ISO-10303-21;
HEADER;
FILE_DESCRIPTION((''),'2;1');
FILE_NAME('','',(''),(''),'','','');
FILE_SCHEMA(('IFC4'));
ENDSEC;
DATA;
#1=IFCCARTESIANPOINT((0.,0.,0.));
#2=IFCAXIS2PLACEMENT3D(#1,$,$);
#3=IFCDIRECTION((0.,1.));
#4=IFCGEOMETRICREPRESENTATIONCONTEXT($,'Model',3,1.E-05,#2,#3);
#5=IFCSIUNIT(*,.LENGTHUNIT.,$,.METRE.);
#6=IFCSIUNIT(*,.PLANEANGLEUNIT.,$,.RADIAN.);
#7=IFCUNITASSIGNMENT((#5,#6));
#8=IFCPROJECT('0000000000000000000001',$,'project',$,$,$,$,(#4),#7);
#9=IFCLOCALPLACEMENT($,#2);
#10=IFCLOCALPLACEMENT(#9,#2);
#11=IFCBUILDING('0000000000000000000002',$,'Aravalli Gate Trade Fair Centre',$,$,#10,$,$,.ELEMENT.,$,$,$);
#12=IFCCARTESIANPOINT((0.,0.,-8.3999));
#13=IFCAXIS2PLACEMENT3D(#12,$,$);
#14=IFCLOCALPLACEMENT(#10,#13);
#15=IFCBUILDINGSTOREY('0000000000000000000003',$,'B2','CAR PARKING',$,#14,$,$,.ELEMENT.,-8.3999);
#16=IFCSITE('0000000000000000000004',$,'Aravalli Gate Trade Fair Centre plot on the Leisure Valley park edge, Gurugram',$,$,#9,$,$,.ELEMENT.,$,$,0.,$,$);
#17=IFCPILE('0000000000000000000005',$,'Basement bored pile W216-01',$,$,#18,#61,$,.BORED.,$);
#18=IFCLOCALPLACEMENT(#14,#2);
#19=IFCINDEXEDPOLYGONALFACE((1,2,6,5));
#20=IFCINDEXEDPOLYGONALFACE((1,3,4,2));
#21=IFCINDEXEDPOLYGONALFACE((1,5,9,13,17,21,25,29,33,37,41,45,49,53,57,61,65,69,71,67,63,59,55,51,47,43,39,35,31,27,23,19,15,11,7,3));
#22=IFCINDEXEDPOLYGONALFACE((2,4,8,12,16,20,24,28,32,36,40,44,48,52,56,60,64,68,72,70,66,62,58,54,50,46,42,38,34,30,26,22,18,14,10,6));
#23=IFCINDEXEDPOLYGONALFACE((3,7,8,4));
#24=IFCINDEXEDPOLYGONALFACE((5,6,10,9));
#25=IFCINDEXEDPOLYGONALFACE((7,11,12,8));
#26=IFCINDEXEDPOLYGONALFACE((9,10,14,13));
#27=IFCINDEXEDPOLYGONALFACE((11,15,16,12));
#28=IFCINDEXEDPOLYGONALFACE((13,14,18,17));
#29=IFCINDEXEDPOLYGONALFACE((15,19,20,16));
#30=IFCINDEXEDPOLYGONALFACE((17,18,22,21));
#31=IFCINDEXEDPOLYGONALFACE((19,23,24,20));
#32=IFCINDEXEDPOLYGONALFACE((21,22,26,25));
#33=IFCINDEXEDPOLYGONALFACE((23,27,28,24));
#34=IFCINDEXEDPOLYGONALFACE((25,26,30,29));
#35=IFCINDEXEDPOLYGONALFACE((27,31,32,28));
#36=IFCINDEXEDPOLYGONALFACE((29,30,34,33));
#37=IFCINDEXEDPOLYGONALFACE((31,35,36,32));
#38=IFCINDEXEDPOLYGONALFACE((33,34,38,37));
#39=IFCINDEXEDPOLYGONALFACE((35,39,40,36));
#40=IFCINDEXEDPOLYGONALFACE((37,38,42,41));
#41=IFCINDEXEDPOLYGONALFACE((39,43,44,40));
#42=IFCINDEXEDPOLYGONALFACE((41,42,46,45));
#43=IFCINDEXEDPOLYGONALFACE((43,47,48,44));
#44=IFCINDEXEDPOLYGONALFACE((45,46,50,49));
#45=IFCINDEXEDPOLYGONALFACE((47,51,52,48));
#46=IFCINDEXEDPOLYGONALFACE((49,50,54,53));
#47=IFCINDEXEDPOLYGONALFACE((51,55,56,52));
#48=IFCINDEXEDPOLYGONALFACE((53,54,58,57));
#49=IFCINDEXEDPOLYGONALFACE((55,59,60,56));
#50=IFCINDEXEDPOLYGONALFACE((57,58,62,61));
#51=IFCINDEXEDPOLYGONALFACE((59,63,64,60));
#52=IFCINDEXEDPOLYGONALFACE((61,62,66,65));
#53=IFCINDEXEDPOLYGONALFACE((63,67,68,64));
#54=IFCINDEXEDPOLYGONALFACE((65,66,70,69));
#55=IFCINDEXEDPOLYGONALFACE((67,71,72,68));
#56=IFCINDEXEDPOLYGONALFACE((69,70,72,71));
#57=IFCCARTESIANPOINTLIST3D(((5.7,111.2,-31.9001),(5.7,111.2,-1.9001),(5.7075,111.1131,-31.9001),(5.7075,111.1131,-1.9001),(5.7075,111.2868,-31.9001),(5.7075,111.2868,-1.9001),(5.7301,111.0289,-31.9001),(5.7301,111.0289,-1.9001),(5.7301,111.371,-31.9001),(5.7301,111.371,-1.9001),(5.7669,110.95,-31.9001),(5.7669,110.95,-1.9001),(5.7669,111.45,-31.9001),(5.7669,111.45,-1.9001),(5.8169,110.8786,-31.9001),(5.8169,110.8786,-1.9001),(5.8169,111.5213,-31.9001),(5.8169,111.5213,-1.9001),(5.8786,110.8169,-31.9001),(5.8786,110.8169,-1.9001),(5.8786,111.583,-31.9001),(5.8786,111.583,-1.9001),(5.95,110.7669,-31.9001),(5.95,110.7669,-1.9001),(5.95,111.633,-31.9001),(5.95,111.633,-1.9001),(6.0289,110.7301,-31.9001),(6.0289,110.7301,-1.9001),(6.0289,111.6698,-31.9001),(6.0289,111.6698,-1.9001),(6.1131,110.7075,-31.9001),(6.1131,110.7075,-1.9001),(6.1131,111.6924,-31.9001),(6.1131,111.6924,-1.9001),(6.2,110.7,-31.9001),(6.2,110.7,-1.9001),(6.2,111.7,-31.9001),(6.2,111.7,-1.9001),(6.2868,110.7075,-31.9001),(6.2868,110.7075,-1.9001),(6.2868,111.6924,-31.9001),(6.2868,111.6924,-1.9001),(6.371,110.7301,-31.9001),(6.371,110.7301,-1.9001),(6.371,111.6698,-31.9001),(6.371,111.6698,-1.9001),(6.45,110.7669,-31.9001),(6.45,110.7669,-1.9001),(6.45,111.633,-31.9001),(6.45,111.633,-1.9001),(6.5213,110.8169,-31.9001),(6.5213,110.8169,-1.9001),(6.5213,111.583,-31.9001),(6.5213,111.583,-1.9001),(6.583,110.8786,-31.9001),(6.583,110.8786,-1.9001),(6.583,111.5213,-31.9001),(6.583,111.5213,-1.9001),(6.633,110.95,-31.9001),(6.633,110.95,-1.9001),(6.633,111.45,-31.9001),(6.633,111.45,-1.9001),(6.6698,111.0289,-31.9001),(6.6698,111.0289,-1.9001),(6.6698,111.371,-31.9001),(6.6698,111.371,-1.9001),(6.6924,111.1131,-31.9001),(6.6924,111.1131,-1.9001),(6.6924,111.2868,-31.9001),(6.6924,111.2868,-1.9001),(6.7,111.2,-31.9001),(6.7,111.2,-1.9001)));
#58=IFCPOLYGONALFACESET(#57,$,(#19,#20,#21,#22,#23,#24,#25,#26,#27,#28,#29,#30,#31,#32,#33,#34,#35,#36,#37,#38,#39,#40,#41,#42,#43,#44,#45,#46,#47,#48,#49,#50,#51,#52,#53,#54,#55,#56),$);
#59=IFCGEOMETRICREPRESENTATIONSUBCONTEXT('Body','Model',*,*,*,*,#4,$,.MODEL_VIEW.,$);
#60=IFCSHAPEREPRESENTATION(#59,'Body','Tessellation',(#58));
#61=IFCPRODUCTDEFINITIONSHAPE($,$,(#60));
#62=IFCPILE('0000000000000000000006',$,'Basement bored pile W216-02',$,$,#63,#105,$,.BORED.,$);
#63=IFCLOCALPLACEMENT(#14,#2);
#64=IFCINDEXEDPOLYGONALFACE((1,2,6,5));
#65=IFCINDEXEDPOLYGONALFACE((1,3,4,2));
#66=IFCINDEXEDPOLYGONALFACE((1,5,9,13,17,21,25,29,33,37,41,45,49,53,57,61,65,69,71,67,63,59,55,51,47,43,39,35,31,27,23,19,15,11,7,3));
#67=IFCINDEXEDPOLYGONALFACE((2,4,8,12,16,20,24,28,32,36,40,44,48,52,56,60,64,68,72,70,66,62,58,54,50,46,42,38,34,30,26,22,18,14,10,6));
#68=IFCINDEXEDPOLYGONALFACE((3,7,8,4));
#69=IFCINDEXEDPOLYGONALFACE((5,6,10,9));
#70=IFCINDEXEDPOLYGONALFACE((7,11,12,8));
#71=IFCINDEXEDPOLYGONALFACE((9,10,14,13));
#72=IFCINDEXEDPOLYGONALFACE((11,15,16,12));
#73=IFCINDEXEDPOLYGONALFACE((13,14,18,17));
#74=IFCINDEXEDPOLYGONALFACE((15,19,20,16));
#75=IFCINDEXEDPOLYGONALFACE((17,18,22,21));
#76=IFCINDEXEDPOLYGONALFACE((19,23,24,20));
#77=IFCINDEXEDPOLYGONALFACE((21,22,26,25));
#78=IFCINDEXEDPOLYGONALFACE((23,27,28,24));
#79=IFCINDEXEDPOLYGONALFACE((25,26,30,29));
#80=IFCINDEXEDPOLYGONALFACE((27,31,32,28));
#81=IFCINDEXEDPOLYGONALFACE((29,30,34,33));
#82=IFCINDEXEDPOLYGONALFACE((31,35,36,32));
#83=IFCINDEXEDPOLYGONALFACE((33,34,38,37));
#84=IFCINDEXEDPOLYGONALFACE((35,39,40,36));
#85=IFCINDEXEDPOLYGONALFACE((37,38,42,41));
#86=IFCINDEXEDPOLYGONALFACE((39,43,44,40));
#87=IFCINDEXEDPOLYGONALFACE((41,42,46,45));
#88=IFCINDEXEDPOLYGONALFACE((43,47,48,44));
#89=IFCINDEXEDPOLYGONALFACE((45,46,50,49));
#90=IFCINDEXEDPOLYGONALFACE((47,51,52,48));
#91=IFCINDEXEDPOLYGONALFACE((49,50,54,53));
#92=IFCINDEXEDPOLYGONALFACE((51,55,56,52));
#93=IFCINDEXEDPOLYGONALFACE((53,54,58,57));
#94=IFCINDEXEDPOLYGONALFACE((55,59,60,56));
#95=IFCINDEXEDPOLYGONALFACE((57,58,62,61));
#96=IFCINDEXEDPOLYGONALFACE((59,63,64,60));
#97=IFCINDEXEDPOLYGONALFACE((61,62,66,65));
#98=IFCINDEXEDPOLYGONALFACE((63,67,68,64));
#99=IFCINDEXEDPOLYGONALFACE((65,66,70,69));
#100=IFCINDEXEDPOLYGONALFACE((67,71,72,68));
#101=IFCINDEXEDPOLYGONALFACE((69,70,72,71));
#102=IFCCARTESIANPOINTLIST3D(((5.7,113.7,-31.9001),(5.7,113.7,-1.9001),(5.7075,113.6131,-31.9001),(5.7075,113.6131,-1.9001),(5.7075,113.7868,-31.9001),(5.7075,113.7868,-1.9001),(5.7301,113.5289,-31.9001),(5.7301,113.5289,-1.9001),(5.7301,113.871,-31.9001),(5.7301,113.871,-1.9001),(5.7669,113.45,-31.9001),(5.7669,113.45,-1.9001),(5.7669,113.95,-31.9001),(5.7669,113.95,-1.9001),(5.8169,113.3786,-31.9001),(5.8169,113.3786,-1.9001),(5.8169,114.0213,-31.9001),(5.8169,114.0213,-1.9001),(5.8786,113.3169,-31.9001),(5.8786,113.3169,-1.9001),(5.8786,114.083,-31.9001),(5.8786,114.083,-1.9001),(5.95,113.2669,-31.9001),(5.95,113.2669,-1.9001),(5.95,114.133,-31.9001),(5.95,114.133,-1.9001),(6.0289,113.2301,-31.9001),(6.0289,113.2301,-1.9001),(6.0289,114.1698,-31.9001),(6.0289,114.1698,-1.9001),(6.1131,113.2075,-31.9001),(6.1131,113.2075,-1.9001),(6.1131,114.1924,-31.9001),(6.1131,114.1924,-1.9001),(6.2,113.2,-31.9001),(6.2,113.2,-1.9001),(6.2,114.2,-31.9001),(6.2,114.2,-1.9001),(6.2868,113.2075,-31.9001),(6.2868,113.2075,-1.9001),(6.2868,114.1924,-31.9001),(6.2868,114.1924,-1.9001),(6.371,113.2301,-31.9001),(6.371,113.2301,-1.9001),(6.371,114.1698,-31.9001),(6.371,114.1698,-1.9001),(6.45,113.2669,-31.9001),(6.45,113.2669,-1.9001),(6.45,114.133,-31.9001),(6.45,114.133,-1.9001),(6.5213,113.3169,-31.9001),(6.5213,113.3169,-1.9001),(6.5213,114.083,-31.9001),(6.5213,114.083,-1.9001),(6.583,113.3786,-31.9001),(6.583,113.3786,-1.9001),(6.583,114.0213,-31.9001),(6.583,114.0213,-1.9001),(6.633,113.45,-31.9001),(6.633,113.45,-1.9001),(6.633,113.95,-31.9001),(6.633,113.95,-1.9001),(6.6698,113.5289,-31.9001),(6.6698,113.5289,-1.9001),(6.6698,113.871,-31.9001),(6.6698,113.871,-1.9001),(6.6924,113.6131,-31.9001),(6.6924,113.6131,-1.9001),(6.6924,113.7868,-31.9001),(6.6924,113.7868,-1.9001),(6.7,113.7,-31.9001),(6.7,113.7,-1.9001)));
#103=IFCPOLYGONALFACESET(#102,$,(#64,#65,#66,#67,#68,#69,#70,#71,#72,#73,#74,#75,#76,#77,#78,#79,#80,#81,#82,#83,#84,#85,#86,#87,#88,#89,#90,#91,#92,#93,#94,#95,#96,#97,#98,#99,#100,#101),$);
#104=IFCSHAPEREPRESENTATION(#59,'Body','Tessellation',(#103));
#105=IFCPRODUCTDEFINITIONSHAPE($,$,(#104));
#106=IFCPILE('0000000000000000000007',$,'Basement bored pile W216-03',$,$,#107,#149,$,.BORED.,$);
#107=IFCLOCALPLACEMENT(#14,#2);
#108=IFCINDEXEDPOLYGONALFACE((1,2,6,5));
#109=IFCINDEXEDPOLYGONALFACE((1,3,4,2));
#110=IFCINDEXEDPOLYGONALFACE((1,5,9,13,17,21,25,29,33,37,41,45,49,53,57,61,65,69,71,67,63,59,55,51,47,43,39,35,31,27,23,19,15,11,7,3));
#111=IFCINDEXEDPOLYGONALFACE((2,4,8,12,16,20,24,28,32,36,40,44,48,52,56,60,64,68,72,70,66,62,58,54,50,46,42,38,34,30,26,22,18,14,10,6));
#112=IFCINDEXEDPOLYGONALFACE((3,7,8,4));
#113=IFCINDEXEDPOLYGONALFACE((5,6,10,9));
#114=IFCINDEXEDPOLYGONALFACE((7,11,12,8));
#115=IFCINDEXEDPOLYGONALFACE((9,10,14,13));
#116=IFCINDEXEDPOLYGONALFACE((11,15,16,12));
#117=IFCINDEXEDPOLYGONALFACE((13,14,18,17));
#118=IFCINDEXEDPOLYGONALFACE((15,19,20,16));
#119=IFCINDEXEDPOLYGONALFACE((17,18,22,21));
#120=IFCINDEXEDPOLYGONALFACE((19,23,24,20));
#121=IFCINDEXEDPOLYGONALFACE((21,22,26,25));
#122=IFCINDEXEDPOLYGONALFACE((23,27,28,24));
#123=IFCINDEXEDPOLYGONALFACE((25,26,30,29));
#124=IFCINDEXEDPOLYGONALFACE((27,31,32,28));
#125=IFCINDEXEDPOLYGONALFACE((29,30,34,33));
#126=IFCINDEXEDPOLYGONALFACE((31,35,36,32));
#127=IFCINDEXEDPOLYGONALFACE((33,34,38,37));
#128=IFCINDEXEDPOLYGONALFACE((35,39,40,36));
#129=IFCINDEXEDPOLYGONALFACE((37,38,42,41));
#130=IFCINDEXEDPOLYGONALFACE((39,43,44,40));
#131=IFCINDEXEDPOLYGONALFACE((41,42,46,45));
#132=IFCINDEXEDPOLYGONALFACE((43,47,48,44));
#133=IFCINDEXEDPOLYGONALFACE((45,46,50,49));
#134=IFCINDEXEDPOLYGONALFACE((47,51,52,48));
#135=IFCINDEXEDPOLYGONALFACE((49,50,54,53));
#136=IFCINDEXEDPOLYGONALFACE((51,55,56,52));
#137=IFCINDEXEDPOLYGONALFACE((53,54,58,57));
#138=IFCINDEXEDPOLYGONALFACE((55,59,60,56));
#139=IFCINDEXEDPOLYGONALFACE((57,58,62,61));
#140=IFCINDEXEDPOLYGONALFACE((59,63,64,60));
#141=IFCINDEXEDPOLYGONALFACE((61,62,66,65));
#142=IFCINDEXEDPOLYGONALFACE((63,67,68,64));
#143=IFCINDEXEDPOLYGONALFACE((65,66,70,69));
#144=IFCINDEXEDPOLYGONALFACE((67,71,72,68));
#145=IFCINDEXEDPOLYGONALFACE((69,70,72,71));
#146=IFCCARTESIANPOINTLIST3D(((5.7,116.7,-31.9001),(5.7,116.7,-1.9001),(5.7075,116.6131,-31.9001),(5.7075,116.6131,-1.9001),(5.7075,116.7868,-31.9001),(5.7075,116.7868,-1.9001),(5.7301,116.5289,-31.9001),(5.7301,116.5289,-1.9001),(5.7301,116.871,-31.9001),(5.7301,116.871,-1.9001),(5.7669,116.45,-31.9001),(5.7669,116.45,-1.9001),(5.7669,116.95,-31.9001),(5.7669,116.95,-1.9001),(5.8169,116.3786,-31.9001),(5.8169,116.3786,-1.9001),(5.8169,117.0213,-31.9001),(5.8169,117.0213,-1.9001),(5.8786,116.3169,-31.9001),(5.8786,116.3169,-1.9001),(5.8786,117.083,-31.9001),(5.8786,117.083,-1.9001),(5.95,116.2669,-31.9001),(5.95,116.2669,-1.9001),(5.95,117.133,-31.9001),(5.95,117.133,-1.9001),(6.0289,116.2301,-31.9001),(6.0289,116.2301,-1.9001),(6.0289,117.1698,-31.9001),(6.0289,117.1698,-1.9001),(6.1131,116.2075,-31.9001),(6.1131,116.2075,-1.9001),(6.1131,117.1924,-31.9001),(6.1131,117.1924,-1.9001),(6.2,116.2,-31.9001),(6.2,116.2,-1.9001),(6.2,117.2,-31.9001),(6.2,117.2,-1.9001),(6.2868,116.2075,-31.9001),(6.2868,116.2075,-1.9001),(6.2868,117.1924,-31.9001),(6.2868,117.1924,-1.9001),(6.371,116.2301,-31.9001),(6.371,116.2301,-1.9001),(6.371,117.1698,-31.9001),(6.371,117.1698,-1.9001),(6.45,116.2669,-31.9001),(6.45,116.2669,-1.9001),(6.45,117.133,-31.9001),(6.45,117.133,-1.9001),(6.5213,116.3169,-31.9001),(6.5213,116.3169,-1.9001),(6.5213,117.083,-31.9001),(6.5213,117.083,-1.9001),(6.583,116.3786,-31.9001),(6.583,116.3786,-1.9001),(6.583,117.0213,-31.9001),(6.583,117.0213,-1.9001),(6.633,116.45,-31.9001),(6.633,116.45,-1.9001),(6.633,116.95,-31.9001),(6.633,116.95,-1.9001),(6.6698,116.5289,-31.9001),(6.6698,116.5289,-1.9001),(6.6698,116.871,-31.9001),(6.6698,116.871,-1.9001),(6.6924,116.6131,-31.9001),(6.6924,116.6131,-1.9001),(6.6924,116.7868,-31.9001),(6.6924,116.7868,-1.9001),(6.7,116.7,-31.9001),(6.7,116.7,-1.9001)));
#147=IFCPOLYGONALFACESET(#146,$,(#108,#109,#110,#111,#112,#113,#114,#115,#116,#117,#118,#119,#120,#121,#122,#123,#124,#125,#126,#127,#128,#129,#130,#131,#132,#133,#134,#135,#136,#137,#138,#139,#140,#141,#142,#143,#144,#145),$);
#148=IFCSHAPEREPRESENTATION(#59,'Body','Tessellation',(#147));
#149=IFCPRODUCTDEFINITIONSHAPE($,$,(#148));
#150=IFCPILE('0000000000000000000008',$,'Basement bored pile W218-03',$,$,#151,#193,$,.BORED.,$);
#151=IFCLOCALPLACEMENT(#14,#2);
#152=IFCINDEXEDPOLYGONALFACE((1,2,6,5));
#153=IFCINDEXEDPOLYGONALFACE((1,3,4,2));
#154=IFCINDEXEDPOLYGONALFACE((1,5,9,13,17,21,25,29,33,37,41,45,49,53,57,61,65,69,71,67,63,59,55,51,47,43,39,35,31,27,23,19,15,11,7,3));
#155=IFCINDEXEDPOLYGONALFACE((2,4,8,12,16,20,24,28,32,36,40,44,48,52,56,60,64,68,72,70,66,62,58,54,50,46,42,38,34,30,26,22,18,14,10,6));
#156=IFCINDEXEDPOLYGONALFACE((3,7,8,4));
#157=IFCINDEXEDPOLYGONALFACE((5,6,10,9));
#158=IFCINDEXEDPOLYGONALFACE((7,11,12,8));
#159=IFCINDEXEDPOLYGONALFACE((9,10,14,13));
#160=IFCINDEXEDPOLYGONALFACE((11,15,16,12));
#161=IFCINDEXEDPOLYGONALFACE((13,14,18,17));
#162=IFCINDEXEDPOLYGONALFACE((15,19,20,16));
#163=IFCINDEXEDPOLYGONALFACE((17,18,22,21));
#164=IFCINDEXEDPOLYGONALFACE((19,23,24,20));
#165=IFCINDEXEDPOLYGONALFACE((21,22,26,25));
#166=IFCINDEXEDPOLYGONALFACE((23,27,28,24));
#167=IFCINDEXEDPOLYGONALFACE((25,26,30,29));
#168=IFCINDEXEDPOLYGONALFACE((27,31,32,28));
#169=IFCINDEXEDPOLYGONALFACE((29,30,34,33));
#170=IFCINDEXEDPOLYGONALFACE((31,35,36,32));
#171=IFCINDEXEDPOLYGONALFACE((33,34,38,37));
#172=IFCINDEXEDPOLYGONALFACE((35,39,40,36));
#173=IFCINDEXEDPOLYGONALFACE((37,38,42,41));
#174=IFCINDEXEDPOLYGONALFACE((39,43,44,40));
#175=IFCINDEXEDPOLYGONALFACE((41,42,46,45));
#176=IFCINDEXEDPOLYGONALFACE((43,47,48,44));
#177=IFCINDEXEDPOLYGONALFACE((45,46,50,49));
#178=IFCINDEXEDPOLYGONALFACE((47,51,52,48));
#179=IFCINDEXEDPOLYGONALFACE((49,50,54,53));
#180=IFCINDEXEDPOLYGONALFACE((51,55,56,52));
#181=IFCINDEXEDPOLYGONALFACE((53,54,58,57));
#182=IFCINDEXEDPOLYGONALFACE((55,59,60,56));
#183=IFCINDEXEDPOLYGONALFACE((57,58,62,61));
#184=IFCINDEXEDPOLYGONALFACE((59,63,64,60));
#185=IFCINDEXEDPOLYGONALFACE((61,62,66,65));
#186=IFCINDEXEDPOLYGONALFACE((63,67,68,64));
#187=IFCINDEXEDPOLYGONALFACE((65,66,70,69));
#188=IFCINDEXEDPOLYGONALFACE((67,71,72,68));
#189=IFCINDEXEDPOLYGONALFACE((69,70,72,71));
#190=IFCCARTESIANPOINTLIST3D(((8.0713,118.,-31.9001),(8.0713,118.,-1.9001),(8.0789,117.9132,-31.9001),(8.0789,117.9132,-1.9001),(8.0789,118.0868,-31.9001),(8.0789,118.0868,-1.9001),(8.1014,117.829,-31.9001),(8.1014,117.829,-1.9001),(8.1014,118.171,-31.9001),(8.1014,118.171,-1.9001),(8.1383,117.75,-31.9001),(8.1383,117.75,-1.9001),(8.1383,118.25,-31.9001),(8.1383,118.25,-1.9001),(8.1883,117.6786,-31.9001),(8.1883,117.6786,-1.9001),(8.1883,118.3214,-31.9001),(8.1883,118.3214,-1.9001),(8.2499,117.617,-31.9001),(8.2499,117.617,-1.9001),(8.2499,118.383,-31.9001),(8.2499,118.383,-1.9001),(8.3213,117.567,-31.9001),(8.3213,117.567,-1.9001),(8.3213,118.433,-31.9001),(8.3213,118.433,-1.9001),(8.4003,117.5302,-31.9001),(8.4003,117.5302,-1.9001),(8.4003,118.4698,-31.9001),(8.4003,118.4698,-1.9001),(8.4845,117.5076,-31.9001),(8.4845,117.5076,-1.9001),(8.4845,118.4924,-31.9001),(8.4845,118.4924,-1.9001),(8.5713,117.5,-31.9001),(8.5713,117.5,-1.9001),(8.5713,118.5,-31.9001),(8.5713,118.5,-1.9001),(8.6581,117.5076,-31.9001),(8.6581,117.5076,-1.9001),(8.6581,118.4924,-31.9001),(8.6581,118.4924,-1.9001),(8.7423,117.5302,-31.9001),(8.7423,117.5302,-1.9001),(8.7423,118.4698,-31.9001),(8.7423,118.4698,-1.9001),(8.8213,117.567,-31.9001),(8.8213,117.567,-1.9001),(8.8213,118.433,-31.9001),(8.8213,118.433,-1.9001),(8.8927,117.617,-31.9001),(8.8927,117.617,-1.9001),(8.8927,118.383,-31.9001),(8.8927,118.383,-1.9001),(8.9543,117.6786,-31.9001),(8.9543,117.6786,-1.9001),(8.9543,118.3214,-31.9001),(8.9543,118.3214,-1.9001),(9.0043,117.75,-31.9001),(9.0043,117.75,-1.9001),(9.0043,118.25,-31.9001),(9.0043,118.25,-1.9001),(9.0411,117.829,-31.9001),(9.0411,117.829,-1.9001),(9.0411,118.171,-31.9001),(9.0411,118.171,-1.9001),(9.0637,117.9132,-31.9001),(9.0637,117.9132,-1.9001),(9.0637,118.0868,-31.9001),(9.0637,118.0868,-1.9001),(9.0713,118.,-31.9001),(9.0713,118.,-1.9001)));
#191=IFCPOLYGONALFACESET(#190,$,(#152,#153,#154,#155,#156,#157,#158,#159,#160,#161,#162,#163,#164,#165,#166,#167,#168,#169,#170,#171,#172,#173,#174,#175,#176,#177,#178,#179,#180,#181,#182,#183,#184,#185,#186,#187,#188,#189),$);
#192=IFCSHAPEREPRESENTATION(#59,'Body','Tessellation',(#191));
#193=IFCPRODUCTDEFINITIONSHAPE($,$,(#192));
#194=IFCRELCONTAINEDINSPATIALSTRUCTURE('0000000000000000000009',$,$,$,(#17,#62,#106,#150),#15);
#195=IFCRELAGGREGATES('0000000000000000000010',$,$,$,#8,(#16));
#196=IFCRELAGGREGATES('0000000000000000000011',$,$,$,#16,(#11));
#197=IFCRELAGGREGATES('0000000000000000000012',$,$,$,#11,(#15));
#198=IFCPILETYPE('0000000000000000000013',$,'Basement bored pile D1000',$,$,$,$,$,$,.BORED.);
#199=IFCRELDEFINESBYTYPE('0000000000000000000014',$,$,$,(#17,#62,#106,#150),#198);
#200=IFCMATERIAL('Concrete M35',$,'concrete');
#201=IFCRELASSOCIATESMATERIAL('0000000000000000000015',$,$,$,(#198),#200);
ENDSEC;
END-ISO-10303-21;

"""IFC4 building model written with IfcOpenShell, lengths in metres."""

from ifc_helpers import new_model, si_unit, direction, frame, origin, origin_2d, place, context, subcontext, project, spatial, circle, extrude, material, material_profile, profile_set, type_object, element, save


model = new_model("IFC4")

# Units and contexts
model_context = context("Model", 3, precision=1e-05, world=origin(), true_north=direction((0.0, 1.0)))
body_context = subcontext(model_context, "Body", "Model", "MODEL_VIEW")
ifc_project = project(units=[si_unit("LENGTHUNIT", "METRE"), si_unit("PLANEANGLEUNIT", "RADIAN")], contexts=[model_context])

# Site, building, storey
site_placement = place(None, origin())
site = spatial("IfcSite", under=ifc_project, at=site_placement, Name="Aravalli Gate Trade Fair Centre plot on the Leisure Valley park edge, Gurugram", CompositionType="ELEMENT", RefElevation=0.0)
building_placement = place(site_placement, origin())
building = spatial("IfcBuilding", under=site, at=building_placement, Name="Aravalli Gate Trade Fair Centre", CompositionType="ELEMENT")
storey_placement = place(building_placement, frame((0.0, 0.0, -8.3999)))
storey = spatial("IfcBuildingStorey", under=building, at=storey_placement, Name="B2", Description="CAR PARKING", CompositionType="ELEMENT", Elevation=-8.3999)

# Piles
ifc_material_1 = material(Name="Concrete M35", Category="concrete")
ifc_material_profile_1 = material_profile(ifc_material_1, circle(Radius=0.5, at=origin_2d()), Name="D1000")
ifc_profile_set_1 = profile_set([ifc_material_profile_1], Name="Concrete M35")
pile_type = type_object("IfcPileType", Name="Basement bored pile D1000", PredefinedType="BORED", material=ifc_profile_set_1)
for number, where, z_axis, x_axis, name in (
    (1, (6.2, 111.2, -1.9001), (0.0, 0.0, -1.0), (1.0, 0.0, 0.0), "Basement bored pile W216-01"),
    (2, (6.2, 113.7, -1.9001), (0.0, 0.0, -1.0), (1.0, 0.0, 0.0), "Basement bored pile W216-02"),
    (3, (6.2, 116.7, -1.9001), (0.0, 0.0, -1.0), (1.0, 0.0, 0.0), "Basement bored pile W216-03"),
    (4, (8.5713, 118.0, -1.9001), (0.0, 0.0, -1.0), (1.0, 0.0, 0.0), "Basement bored pile W218-03"),
):
    element("IfcPile", number, at=place(storey_placement, frame(where, z_axis=z_axis, x_axis=x_axis)), inside=storey, type_object=pile_type, Name=name, PredefinedType="BORED", context=body_context, shape_type="SweptSolid", body=[
        extrude(circle(Radius=0.5, at=origin_2d()), origin(), (0.0, 0.0, 1.0), 30.0),
    ])

save(model, "model.ifc")
